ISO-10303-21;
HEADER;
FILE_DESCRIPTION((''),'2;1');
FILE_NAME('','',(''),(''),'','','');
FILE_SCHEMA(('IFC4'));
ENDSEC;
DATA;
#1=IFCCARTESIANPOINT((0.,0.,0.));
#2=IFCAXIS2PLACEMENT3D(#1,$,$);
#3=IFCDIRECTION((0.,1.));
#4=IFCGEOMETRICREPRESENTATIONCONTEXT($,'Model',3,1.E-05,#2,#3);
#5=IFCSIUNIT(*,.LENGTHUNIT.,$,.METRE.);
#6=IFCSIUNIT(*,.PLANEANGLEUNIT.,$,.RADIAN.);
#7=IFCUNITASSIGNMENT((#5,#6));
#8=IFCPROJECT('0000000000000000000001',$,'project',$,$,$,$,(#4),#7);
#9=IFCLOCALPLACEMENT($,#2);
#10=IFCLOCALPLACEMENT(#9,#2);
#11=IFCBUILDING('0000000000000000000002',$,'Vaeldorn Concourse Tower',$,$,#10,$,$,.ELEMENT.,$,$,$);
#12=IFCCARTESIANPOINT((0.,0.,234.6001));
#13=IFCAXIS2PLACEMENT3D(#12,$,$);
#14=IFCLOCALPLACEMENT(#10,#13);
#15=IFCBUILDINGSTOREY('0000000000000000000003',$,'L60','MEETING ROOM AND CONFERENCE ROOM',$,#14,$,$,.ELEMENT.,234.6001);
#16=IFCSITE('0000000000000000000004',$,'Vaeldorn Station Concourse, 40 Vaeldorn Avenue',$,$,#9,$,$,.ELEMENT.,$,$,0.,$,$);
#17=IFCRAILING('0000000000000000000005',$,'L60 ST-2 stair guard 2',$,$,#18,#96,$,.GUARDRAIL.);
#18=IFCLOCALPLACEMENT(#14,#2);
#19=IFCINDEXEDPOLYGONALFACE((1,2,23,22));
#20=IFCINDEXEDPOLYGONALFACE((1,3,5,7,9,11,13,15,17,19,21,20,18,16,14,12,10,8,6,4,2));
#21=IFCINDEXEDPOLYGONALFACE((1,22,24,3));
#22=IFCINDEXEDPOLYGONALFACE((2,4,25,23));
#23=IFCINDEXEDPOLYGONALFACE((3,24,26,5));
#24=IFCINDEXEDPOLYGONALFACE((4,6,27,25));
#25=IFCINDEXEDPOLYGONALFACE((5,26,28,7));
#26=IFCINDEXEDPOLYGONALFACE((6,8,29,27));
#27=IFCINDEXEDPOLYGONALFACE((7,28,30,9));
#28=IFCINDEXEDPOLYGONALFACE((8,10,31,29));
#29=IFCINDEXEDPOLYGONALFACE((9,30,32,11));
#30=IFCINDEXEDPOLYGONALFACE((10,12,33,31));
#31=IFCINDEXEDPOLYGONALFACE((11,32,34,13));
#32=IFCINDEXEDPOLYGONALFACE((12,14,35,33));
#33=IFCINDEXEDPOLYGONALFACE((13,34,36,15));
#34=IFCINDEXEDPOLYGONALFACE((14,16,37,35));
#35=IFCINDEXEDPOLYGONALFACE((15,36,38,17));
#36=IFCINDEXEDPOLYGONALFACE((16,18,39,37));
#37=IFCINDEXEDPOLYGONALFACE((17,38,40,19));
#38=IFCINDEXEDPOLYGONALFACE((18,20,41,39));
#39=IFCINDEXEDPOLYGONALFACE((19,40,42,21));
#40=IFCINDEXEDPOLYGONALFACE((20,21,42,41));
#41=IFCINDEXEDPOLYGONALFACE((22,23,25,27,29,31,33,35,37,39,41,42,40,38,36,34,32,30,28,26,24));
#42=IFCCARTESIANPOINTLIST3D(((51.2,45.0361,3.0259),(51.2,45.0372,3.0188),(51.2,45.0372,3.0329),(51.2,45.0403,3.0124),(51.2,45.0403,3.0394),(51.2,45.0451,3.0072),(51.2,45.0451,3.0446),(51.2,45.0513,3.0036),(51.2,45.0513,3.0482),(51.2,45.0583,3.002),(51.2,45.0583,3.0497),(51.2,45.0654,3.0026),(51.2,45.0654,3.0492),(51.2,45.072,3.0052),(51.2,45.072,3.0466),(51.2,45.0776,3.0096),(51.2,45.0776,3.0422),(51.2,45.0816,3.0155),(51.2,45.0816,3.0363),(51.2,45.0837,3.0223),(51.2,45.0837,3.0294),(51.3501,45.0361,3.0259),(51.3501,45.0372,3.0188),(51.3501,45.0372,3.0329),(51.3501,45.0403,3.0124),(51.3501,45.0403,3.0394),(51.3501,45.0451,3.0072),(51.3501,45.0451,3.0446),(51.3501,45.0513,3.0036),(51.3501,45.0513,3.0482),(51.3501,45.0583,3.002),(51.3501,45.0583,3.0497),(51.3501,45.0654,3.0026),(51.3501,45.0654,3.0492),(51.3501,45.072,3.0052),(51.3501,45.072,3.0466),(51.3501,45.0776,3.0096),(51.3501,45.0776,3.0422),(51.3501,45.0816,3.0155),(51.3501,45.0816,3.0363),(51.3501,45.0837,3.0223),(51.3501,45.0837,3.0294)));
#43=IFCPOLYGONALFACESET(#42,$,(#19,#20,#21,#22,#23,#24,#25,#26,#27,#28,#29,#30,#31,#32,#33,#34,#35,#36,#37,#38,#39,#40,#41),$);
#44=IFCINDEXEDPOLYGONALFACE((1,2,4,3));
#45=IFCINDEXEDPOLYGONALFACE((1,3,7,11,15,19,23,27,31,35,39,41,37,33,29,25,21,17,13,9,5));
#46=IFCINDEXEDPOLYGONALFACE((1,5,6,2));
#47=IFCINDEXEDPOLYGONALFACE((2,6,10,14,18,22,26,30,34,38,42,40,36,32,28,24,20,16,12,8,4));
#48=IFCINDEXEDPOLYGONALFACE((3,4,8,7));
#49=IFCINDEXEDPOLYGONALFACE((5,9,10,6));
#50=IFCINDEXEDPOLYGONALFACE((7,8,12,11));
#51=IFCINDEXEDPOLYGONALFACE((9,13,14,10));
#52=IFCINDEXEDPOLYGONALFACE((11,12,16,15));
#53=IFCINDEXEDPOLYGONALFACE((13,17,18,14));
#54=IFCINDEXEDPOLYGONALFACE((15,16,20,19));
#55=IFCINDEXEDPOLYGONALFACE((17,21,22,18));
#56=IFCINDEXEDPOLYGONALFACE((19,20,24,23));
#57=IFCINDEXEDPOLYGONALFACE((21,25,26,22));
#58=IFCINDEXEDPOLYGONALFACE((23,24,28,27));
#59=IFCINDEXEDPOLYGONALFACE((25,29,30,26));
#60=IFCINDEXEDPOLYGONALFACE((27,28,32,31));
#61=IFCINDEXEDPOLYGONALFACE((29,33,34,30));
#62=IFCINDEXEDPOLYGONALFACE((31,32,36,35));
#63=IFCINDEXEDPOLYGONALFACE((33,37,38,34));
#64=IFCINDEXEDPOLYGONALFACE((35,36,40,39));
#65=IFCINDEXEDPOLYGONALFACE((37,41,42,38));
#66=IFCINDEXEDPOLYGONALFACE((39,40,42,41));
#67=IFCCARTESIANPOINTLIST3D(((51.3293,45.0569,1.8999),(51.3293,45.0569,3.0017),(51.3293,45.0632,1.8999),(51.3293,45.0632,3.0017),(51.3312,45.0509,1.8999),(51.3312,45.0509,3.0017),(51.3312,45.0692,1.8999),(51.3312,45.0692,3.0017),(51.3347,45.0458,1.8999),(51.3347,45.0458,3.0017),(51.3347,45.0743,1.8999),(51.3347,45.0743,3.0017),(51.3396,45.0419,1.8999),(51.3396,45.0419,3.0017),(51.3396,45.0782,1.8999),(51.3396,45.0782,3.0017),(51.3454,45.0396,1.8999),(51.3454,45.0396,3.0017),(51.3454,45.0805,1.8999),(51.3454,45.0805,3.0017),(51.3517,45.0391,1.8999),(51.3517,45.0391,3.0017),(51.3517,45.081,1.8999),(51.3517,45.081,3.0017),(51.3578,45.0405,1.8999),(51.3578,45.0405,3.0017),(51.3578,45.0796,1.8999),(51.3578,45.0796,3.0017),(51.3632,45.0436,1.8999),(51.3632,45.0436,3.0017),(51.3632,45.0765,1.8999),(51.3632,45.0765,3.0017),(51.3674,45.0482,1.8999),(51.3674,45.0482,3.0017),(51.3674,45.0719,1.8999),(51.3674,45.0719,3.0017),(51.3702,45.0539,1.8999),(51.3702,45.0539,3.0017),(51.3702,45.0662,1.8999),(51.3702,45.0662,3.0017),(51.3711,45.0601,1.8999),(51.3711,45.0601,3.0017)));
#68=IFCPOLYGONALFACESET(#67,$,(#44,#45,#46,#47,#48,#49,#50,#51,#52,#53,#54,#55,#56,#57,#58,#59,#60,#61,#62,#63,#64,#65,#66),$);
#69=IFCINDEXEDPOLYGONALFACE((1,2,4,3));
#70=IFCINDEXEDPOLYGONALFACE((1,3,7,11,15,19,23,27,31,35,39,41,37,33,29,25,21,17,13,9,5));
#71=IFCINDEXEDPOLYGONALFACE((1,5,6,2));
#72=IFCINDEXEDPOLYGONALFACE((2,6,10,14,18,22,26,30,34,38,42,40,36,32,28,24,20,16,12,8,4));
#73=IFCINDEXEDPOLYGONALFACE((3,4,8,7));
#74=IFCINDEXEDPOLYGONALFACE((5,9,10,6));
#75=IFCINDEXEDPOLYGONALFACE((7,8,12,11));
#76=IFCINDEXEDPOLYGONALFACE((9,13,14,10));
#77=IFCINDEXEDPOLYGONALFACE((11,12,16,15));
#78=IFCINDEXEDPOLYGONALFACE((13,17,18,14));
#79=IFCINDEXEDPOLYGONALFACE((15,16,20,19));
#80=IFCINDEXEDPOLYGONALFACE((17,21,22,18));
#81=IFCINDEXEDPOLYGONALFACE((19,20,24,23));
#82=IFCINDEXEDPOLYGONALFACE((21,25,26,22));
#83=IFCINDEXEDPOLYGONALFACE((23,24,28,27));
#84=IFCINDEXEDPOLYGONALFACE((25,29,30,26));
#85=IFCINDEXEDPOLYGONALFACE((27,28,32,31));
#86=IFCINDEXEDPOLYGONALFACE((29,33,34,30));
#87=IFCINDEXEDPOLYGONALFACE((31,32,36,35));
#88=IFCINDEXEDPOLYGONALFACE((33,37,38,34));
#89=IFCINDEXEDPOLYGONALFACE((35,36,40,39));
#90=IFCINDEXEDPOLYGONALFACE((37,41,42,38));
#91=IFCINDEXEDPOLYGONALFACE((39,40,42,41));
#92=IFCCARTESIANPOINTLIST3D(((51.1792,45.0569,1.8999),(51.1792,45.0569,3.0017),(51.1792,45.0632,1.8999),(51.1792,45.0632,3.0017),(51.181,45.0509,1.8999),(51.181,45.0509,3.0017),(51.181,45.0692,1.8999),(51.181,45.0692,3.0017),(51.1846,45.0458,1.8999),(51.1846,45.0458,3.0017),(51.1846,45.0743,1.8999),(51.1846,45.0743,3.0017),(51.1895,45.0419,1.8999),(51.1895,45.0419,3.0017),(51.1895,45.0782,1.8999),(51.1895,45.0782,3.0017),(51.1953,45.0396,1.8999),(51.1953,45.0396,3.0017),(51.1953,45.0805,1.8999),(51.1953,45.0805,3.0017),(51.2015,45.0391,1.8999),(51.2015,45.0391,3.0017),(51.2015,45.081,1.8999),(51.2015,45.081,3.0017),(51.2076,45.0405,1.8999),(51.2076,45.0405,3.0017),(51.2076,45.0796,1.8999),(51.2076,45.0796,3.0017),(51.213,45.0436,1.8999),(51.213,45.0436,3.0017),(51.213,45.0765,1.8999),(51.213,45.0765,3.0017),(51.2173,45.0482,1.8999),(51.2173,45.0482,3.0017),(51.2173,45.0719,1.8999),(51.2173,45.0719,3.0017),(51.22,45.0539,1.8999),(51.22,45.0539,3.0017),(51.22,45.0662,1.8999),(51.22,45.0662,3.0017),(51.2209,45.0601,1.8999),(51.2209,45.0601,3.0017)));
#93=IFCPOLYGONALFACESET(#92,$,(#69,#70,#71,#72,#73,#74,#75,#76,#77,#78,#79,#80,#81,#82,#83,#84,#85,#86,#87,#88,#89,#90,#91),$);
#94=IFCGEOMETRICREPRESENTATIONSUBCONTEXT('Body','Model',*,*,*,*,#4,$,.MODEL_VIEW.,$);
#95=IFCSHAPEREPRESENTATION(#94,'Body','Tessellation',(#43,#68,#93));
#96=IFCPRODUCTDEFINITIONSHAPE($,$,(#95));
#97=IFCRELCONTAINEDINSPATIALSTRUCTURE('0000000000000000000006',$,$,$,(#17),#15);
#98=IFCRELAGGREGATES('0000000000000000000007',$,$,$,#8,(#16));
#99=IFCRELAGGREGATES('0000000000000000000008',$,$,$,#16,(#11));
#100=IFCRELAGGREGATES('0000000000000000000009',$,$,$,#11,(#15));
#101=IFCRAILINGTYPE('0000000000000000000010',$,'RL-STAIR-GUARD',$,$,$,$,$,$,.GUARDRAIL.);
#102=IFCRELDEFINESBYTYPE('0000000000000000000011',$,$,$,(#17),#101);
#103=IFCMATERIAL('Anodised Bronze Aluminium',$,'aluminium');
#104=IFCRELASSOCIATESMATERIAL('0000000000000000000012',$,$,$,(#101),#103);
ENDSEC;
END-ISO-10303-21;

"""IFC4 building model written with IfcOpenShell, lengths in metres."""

from ifc_helpers import new_model, si_unit, direction, frame, origin, origin_2d, place, context, subcontext, project, spatial, circle, extrude, material, type_object, element, save


model = new_model("IFC4")

# Units and contexts
model_context = context("Model", 3, precision=1e-05, world=origin(), true_north=direction((0.0, 1.0)))
body_context = subcontext(model_context, "Body", "Model", "MODEL_VIEW")
ifc_project = project(units=[si_unit("LENGTHUNIT", "METRE"), si_unit("PLANEANGLEUNIT", "RADIAN")], contexts=[model_context])

# Site, building, storey
site_placement = place(None, origin())
site = spatial("IfcSite", under=ifc_project, at=site_placement, Name="Vaeldorn Station Concourse, 40 Vaeldorn Avenue", CompositionType="ELEMENT", RefElevation=0.0)
building_placement = place(site_placement, origin())
building = spatial("IfcBuilding", under=site, at=building_placement, Name="Vaeldorn Concourse Tower", CompositionType="ELEMENT")
storey_placement = place(building_placement, frame((0.0, 0.0, 234.6001)))
storey = spatial("IfcBuildingStorey", under=building, at=storey_placement, Name="L60", Description="MEETING ROOM AND CONFERENCE ROOM", CompositionType="ELEMENT", Elevation=234.6001)

# Shared definitions
ifc_material_1 = material(Name="Anodised Bronze Aluminium", Category="aluminium")

# Railing
railing_type_1 = type_object("IfcRailingType", Name="RL-STAIR-GUARD", PredefinedType="GUARDRAIL", material=ifc_material_1)
railing_1_placement = place(storey_placement, frame((51.3501, 45.0601, 1.8999)))
element("IfcRailing", 1, at=railing_1_placement, inside=storey, type_object=railing_type_1, Name="L60 ST-2 stair guard 2", PredefinedType="GUARDRAIL", context=body_context, shape_type="SweptSolid", body=[
    extrude(circle(Radius=0.0239, at=origin_2d()), frame((0.0, 0.0, 1.126), z_axis=(-1.0, 0.0, 0.0), x_axis=(0.0, -1.0, 0.0)), (0.0, 0.0, 1.0), 0.1501),
    extrude(circle(Radius=0.021, at=origin_2d()), origin(), (0.0, 0.0, 1.0), 1.1018),
    extrude(circle(Radius=0.021, at=origin_2d()), frame((-0.1501, 0.0, 0.0)), (0.0, 0.0, 1.0), 1.1018),
])

save(model, "model.ifc")
